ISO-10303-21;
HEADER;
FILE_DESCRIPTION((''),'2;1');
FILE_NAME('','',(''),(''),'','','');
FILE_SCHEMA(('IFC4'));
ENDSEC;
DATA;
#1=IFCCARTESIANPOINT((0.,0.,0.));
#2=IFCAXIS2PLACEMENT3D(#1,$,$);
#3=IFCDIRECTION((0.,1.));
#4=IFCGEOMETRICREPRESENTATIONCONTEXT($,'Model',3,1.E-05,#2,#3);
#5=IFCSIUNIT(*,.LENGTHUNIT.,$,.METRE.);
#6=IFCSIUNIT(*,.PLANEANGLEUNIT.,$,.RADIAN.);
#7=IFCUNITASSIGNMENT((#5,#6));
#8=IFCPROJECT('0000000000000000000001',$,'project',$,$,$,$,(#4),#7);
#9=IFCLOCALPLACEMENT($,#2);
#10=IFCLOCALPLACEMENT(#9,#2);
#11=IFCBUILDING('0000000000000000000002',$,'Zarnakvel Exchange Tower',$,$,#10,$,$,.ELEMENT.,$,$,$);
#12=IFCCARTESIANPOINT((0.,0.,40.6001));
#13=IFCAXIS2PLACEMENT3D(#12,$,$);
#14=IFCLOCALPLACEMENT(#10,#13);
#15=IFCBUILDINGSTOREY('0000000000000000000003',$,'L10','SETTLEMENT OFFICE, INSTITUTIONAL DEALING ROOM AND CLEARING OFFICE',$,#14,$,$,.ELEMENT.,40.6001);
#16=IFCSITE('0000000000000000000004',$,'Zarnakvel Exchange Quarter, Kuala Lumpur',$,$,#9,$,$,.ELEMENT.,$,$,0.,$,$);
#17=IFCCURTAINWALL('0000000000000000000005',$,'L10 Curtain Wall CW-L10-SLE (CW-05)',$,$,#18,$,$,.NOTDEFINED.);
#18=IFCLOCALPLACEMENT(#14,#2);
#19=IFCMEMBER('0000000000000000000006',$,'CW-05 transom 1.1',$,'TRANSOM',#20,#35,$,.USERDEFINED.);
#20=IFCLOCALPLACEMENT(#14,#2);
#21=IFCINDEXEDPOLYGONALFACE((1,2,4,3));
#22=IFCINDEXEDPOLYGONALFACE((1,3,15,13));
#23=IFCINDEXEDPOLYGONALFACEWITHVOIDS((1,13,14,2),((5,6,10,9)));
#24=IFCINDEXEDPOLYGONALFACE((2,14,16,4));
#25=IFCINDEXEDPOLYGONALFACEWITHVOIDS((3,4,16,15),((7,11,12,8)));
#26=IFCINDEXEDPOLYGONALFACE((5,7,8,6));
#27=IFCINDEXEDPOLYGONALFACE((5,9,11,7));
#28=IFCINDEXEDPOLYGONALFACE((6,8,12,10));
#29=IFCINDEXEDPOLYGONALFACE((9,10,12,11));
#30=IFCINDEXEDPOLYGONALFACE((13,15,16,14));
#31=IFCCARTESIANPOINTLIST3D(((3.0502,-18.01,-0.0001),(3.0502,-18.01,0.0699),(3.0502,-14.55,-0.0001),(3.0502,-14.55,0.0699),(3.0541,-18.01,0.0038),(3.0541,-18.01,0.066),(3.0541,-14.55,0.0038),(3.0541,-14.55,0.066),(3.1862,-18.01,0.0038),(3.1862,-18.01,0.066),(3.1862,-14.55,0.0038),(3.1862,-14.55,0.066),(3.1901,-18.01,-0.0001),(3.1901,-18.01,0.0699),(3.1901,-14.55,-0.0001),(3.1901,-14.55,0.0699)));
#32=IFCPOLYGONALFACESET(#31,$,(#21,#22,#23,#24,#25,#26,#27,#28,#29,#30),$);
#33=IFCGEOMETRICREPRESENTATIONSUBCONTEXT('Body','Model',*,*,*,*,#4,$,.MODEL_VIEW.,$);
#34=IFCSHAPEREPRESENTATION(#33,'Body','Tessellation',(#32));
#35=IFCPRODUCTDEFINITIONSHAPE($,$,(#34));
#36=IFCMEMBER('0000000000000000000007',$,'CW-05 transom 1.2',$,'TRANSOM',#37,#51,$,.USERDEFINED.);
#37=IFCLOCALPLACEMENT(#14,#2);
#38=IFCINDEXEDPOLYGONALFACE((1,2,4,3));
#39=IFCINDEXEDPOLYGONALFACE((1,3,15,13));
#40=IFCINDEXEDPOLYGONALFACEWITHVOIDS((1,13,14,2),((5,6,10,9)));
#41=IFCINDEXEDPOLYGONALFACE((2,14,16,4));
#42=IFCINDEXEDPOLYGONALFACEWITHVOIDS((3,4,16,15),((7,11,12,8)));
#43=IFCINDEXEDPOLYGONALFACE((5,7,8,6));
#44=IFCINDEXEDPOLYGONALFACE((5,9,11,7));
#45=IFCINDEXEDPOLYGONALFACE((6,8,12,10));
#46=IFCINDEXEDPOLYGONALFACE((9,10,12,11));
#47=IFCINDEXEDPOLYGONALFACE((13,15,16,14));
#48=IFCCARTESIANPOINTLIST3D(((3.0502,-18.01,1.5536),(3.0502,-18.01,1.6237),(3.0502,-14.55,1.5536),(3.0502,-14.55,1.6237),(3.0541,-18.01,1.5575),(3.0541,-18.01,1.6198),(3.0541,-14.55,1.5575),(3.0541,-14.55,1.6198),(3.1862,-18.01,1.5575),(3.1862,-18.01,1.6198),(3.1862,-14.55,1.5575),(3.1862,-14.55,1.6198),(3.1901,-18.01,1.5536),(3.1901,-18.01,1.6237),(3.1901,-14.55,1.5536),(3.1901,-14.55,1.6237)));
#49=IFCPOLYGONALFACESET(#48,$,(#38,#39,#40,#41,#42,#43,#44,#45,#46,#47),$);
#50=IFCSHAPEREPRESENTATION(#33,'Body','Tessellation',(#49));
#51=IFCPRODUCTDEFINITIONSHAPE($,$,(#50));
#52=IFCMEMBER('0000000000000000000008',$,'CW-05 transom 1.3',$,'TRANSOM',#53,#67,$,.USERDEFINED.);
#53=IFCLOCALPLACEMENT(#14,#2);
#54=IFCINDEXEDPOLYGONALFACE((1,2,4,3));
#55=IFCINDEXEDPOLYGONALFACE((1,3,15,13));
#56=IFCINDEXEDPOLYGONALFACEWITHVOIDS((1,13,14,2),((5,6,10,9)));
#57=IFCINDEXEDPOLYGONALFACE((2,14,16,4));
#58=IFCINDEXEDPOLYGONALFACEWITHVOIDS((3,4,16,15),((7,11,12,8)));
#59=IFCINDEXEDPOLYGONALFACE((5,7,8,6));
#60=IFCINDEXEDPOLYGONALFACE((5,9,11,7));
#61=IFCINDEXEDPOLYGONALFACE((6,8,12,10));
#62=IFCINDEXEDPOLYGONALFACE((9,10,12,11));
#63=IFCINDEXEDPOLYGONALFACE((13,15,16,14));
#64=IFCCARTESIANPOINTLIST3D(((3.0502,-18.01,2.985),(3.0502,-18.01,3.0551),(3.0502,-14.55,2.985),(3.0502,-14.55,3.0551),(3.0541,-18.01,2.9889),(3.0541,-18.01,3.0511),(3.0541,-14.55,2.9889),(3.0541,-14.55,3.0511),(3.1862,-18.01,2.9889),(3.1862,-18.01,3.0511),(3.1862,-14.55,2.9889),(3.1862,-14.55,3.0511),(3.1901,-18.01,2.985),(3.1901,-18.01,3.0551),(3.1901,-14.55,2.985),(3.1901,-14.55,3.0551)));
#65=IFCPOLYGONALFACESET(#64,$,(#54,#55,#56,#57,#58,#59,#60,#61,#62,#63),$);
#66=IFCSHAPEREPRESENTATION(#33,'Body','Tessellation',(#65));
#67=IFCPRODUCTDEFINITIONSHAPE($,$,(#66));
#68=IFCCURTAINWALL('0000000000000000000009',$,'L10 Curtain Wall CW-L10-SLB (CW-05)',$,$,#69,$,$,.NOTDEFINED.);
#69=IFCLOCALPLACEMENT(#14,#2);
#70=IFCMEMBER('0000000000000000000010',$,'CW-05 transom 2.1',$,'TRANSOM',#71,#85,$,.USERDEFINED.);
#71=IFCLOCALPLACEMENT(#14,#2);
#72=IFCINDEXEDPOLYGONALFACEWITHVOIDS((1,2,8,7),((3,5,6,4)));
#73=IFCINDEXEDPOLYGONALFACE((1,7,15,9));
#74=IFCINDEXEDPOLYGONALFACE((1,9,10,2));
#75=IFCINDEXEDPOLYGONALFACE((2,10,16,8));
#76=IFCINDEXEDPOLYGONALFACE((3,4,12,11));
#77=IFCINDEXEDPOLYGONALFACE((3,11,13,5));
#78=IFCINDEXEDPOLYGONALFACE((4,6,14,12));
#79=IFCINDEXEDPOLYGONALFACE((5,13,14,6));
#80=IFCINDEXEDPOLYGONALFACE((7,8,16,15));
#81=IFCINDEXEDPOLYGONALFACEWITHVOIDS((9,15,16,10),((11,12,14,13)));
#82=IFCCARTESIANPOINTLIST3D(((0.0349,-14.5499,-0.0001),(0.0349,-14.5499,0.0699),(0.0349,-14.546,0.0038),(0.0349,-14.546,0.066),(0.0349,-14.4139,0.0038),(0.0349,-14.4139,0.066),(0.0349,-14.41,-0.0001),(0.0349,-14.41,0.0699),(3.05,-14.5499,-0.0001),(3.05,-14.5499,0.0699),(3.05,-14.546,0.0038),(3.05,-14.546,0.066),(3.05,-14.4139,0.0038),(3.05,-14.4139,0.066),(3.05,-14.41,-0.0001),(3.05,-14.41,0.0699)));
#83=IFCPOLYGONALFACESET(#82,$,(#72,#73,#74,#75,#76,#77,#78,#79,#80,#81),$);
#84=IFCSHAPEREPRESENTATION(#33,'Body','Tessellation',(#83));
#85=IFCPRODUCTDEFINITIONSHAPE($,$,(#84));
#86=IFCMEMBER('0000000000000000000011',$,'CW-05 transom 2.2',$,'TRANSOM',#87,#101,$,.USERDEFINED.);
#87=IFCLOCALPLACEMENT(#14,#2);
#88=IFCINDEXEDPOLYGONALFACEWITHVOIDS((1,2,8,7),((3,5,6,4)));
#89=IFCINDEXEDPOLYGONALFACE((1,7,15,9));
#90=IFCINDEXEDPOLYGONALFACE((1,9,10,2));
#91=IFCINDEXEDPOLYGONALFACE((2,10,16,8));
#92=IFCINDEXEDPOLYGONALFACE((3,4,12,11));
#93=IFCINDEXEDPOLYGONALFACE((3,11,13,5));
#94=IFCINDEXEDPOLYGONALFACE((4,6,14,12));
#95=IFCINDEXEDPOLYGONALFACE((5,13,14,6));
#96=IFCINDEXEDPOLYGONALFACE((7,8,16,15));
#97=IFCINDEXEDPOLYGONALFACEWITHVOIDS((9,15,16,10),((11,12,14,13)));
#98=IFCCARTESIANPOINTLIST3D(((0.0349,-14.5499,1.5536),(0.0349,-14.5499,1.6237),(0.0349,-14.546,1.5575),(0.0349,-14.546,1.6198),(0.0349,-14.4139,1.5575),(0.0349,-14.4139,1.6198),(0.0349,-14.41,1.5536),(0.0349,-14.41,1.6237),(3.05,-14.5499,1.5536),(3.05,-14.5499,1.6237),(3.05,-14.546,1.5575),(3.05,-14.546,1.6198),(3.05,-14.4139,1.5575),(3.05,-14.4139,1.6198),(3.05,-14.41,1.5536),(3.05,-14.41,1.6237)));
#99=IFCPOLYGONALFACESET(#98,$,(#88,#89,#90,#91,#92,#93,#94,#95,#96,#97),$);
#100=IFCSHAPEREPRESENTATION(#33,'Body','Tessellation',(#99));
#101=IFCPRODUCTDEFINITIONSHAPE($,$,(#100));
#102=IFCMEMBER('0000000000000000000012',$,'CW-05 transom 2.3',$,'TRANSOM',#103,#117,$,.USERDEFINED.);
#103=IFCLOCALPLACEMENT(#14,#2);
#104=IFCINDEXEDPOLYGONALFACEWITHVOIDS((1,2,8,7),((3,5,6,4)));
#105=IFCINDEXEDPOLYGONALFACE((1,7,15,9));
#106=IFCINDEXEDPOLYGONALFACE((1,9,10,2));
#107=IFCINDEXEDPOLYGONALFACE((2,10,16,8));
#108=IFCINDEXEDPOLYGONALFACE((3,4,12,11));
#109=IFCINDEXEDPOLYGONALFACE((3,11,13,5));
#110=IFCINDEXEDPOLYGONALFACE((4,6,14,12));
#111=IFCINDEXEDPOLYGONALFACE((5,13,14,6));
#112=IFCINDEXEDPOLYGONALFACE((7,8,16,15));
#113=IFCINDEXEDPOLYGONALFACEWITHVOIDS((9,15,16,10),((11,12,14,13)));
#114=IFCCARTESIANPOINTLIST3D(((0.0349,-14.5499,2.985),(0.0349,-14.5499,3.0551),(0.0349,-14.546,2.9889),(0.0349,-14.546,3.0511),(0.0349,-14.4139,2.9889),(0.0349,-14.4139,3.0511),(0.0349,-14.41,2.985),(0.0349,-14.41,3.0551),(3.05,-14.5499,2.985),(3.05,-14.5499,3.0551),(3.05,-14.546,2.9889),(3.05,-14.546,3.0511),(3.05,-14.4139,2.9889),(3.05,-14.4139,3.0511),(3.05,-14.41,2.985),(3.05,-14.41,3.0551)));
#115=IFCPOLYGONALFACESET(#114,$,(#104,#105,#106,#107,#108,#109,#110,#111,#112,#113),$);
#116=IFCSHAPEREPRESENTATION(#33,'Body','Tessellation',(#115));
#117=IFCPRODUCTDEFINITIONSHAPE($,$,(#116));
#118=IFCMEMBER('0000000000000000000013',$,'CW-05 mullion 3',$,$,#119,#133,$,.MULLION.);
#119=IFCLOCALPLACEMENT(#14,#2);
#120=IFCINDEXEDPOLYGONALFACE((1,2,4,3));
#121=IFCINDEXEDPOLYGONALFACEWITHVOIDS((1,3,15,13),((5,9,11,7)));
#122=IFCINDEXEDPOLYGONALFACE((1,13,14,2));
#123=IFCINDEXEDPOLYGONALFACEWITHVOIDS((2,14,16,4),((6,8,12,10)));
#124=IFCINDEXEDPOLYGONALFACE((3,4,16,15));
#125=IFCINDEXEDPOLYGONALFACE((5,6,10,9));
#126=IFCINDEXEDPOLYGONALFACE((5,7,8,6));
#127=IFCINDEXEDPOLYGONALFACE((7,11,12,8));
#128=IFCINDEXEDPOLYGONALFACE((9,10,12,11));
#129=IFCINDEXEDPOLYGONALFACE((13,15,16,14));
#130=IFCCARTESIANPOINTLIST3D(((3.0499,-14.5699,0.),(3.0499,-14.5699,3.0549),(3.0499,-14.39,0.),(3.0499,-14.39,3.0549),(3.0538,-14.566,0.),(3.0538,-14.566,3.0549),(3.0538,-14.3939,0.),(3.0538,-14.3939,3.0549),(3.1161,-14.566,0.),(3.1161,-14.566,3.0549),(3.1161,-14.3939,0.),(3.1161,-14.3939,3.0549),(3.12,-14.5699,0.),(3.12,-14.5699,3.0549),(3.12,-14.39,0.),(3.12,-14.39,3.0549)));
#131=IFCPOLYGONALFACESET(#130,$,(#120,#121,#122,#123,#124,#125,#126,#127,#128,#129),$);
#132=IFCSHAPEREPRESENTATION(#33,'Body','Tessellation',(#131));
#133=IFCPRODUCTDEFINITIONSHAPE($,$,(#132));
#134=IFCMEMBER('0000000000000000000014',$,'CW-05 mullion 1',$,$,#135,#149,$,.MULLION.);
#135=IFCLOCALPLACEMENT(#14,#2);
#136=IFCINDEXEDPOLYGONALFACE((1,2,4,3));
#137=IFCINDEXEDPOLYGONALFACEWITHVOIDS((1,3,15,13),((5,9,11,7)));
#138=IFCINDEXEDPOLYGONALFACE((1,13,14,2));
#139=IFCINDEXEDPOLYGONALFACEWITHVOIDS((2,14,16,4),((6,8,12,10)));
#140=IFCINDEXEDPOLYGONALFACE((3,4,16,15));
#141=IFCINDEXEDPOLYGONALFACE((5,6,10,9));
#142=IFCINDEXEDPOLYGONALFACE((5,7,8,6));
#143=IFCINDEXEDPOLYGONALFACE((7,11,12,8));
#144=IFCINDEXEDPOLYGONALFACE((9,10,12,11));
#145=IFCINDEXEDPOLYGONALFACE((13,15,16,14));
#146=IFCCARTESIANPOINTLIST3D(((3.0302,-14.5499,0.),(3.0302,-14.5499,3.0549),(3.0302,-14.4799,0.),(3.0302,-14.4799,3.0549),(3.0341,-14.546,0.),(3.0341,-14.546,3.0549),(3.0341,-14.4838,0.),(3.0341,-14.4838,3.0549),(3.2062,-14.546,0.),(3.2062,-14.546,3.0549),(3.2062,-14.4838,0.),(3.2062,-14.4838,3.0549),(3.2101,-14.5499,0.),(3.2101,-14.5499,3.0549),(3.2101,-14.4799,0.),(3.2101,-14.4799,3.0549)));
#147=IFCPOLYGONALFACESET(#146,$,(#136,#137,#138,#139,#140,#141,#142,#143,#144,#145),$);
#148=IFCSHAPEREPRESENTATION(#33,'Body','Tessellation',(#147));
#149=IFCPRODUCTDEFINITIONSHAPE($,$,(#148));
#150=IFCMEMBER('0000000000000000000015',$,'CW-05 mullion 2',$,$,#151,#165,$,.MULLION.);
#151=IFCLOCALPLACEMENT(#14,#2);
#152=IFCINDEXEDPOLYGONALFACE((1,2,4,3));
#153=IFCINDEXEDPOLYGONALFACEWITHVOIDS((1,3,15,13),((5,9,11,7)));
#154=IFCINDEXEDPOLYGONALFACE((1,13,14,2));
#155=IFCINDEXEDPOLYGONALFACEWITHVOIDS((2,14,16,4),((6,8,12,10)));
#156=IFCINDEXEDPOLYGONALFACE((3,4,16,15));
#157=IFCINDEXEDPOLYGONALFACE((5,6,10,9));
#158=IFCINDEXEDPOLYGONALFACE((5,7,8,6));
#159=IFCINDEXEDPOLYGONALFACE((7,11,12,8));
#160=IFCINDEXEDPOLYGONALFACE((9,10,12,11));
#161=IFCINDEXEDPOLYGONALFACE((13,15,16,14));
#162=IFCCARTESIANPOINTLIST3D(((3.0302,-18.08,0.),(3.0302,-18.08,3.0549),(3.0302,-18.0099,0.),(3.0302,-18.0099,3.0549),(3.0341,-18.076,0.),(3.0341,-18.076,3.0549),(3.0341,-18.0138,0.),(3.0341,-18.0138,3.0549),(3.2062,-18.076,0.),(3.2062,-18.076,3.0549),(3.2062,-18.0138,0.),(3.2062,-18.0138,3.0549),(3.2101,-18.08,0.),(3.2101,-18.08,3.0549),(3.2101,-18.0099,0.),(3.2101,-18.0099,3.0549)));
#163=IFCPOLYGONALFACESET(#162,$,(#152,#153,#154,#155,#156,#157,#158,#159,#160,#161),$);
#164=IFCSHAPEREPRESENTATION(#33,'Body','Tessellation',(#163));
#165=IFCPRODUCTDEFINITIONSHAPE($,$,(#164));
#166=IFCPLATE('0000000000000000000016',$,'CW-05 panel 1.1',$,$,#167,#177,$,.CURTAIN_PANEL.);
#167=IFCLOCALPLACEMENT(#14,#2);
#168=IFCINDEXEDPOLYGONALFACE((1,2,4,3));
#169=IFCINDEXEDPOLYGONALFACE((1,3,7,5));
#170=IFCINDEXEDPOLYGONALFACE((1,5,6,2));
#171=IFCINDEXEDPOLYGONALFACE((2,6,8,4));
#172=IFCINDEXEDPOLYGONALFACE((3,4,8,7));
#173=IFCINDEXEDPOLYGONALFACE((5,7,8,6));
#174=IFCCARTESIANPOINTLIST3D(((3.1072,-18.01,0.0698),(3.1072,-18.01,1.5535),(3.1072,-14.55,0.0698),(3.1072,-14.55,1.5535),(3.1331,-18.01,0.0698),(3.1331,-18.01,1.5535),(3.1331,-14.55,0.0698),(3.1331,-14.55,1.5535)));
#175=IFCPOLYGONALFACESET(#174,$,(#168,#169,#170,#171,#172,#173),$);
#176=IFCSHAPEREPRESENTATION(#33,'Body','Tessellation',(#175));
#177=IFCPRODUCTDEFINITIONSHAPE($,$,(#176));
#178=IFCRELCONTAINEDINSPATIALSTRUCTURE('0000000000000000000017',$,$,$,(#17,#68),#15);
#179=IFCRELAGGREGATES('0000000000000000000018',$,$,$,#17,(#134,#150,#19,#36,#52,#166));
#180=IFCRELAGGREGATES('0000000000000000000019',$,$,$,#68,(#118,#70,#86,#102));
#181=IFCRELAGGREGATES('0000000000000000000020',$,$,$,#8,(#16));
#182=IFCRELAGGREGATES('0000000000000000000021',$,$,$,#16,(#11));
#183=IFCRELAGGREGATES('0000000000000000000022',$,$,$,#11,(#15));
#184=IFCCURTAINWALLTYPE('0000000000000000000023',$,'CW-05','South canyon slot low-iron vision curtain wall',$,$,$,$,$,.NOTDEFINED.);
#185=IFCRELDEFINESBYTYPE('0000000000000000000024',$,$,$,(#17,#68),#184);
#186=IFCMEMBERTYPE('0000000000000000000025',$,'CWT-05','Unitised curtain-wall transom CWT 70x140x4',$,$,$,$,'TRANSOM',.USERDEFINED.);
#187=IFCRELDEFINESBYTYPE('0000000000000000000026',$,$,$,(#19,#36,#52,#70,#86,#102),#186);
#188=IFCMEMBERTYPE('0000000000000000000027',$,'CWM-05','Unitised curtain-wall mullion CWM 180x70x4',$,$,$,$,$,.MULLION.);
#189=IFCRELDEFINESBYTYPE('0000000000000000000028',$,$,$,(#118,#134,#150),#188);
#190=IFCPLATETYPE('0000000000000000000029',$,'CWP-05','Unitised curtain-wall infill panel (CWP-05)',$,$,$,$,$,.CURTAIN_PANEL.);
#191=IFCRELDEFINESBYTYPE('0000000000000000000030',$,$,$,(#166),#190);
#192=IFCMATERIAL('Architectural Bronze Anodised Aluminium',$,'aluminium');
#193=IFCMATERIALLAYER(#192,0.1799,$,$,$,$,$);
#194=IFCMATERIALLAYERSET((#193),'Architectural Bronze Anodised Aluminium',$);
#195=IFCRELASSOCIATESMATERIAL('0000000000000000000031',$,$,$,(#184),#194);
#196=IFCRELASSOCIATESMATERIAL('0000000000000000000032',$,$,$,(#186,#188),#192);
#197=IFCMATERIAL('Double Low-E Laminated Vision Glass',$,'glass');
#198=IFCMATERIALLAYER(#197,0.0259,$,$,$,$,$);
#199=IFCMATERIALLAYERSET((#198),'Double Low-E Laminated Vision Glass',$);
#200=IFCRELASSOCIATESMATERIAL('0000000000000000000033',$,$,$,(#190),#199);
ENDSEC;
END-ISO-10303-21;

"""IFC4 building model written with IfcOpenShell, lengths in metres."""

from ifc_helpers import new_model, si_unit, direction, frame, origin, origin_2d, place, context, subcontext, project, spatial, rectangle, hollow_rectangle, extrude, source, transform, mapped, material, layer, layer_set, material_profile, profile_set, type_object, element, aggregate, save


model = new_model("IFC4")

# Units and contexts
model_context = context("Model", 3, precision=1e-05, world=origin(), true_north=direction((0.0, 1.0)))
body_context = subcontext(model_context, "Body", "Model", "MODEL_VIEW")
ifc_project = project(units=[si_unit("LENGTHUNIT", "METRE"), si_unit("PLANEANGLEUNIT", "RADIAN")], contexts=[model_context])

# Site, building, storey
site_placement = place(None, origin())
site = spatial("IfcSite", under=ifc_project, at=site_placement, Name="Zarnakvel Exchange Quarter, Kuala Lumpur", CompositionType="ELEMENT", RefElevation=0.0)
building_placement = place(site_placement, origin())
building = spatial("IfcBuilding", under=site, at=building_placement, Name="Zarnakvel Exchange Tower", CompositionType="ELEMENT")
storey_placement = place(building_placement, frame((0.0, 0.0, 40.6001)))
storey = spatial("IfcBuildingStorey", under=building, at=storey_placement, Name="L10", Description="SETTLEMENT OFFICE, INSTITUTIONAL DEALING ROOM AND CLEARING OFFICE", CompositionType="ELEMENT", Elevation=40.6001)

# Curtain walls, members
ifc_material_1 = material(Name="Architectural Bronze Anodised Aluminium", Category="aluminium")
ifc_layer_1 = layer(ifc_material_1, 0.1799)
ifc_layer_set_1 = layer_set([ifc_layer_1], Name="Architectural Bronze Anodised Aluminium")
curtain_wall_type = type_object("IfcCurtainWallType", Name="CW-05", Description="South canyon slot low-iron vision curtain wall", PredefinedType="NOTDEFINED", material=ifc_layer_set_1)
curtain_wall_1_placement = place(storey_placement, origin())
curtain_wall_1 = element("IfcCurtainWall", 1, at=curtain_wall_1_placement, inside=storey, type_object=curtain_wall_type, Name="L10 Curtain Wall CW-L10-SLE (CW-05)", PredefinedType="NOTDEFINED")
ifc_material_profile_1 = material_profile(ifc_material_1, hollow_rectangle(XDim=0.1399, YDim=0.0701, WallThickness=0.0039, at=origin_2d()))
ifc_profile_set_1 = profile_set([ifc_material_profile_1], Name="Architectural Bronze Anodised Aluminium")
member_type_1 = type_object("IfcMemberType", Name="CWT-05", Description="Unitised curtain-wall transom CWT 70x140x4", ElementType="TRANSOM", PredefinedType="USERDEFINED", material=ifc_profile_set_1)
shared_shape_1 = source(origin(), body_context, "Body", "SweptSolid", [
    extrude(hollow_rectangle(XDim=0.1399, YDim=0.0701, WallThickness=0.0039, at=origin_2d()), origin(), (0.0, 0.0, 1.0), 3.46),
])
member_1_placement = place(storey_placement, frame((3.1201, -14.55, 0.0349), z_axis=(0.0, -1.0, 0.0), x_axis=(1.0, 0.0, 0.0)))
member_1 = element("IfcMember", 2, at=member_1_placement, type_object=member_type_1, Name="CW-05 transom 1.1", ObjectType="TRANSOM", PredefinedType="USERDEFINED", context=body_context, shape_type="MappedRepresentation", body=[
    mapped(shared_shape_1, transform((0.0, 0.0, 0.0), x_axis=(1.0, 0.0, 0.0), y_axis=(0.0, 1.0, 0.0), z_axis=(0.0, 0.0, 1.0), scale=1.0)),
])
member_2_placement = place(storey_placement, frame((3.1201, -14.55, 1.5886), z_axis=(0.0, -1.0, 0.0), x_axis=(1.0, 0.0, 0.0)))
member_2 = element("IfcMember", 3, at=member_2_placement, type_object=member_type_1, Name="CW-05 transom 1.2", ObjectType="TRANSOM", PredefinedType="USERDEFINED", context=body_context, shape_type="MappedRepresentation", body=[
    mapped(shared_shape_1, transform((0.0, 0.0, 0.0), x_axis=(1.0, 0.0, 0.0), y_axis=(0.0, 1.0, 0.0), z_axis=(0.0, 0.0, 1.0), scale=1.0)),
])
member_3_placement = place(storey_placement, frame((3.1201, -14.55, 3.02), z_axis=(0.0, -1.0, 0.0), x_axis=(1.0, 0.0, 0.0)))
member_3 = element("IfcMember", 4, at=member_3_placement, type_object=member_type_1, Name="CW-05 transom 1.3", ObjectType="TRANSOM", PredefinedType="USERDEFINED", context=body_context, shape_type="MappedRepresentation", body=[
    mapped(shared_shape_1, transform((0.0, 0.0, 0.0), x_axis=(1.0, 0.0, 0.0), y_axis=(0.0, 1.0, 0.0), z_axis=(0.0, 0.0, 1.0), scale=1.0)),
])
curtain_wall_2_placement = place(storey_placement, origin())
curtain_wall_2 = element("IfcCurtainWall", 5, at=curtain_wall_2_placement, inside=storey, type_object=curtain_wall_type, Name="L10 Curtain Wall CW-L10-SLB (CW-05)", PredefinedType="NOTDEFINED")
shared_shape_2 = source(origin(), body_context, "Body", "SweptSolid", [
    extrude(hollow_rectangle(XDim=0.1399, YDim=0.0701, WallThickness=0.0039, at=origin_2d()), origin(), (0.0, 0.0, 1.0), 3.0151),
])
member_4_placement = place(storey_placement, frame((0.0349, -14.48, 0.0349), z_axis=(1.0, 0.0, 0.0), x_axis=(0.0, 1.0, 0.0)))
member_4 = element("IfcMember", 6, at=member_4_placement, type_object=member_type_1, Name="CW-05 transom 2.1", ObjectType="TRANSOM", PredefinedType="USERDEFINED", context=body_context, shape_type="MappedRepresentation", body=[
    mapped(shared_shape_2, transform((0.0, 0.0, 0.0), x_axis=(1.0, 0.0, 0.0), y_axis=(0.0, 1.0, 0.0), z_axis=(0.0, 0.0, 1.0), scale=1.0)),
])
member_5_placement = place(storey_placement, frame((0.0349, -14.48, 1.5886), z_axis=(1.0, 0.0, 0.0), x_axis=(0.0, 1.0, 0.0)))
member_5 = element("IfcMember", 7, at=member_5_placement, type_object=member_type_1, Name="CW-05 transom 2.2", ObjectType="TRANSOM", PredefinedType="USERDEFINED", context=body_context, shape_type="MappedRepresentation", body=[
    mapped(shared_shape_2, transform((0.0, 0.0, 0.0), x_axis=(1.0, 0.0, 0.0), y_axis=(0.0, 1.0, 0.0), z_axis=(0.0, 0.0, 1.0), scale=1.0)),
])
member_6_placement = place(storey_placement, frame((0.0349, -14.48, 3.02), z_axis=(1.0, 0.0, 0.0), x_axis=(0.0, 1.0, 0.0)))
member_6 = element("IfcMember", 8, at=member_6_placement, type_object=member_type_1, Name="CW-05 transom 2.3", ObjectType="TRANSOM", PredefinedType="USERDEFINED", context=body_context, shape_type="MappedRepresentation", body=[
    mapped(shared_shape_2, transform((0.0, 0.0, 0.0), x_axis=(1.0, 0.0, 0.0), y_axis=(0.0, 1.0, 0.0), z_axis=(0.0, 0.0, 1.0), scale=1.0)),
])
ifc_material_profile_2 = material_profile(ifc_material_1, hollow_rectangle(XDim=0.1799, YDim=0.0701, WallThickness=0.0039, at=origin_2d()))
ifc_profile_set_2 = profile_set([ifc_material_profile_2], Name="Architectural Bronze Anodised Aluminium")
member_type_2 = type_object("IfcMemberType", Name="CWM-05", Description="Unitised curtain-wall mullion CWM 180x70x4", PredefinedType="MULLION", material=ifc_profile_set_2)
shared_shape_3 = source(origin(), body_context, "Body", "SweptSolid", [
    extrude(hollow_rectangle(XDim=0.1799, YDim=0.0701, WallThickness=0.0039, at=origin_2d()), origin(), (0.0, 0.0, 1.0), 3.0549),
])
member_7_placement = place(storey_placement, frame((3.085, -14.48, 0.0), z_axis=(0.0, 0.0, 1.0), x_axis=(0.0, 1.0, 0.0)))
member_7 = element("IfcMember", 9, at=member_7_placement, type_object=member_type_2, Name="CW-05 mullion 3", PredefinedType="MULLION", context=body_context, shape_type="MappedRepresentation", body=[
    mapped(shared_shape_3, transform((0.0, 0.0, 0.0), x_axis=(1.0, 0.0, 0.0), y_axis=(0.0, 1.0, 0.0), z_axis=(0.0, 0.0, 1.0), scale=1.0)),
])

# Members
member_8_placement = place(storey_placement, frame((3.1201, -14.5149, 0.0), z_axis=(0.0, 0.0, 1.0), x_axis=(1.0, 0.0, 0.0)))
member_8 = element("IfcMember", 10, at=member_8_placement, type_object=member_type_2, Name="CW-05 mullion 1", PredefinedType="MULLION", context=body_context, shape_type="MappedRepresentation", body=[
    mapped(shared_shape_3, transform((0.0, 0.0, 0.0), x_axis=(1.0, 0.0, 0.0), y_axis=(0.0, 1.0, 0.0), z_axis=(0.0, 0.0, 1.0), scale=1.0)),
])
member_9_placement = place(storey_placement, frame((3.1201, -18.0449, 0.0), z_axis=(0.0, 0.0, 1.0), x_axis=(1.0, 0.0, 0.0)))
member_9 = element("IfcMember", 11, at=member_9_placement, type_object=member_type_2, Name="CW-05 mullion 2", PredefinedType="MULLION", context=body_context, shape_type="MappedRepresentation", body=[
    mapped(shared_shape_3, transform((0.0, 0.0, 0.0), x_axis=(1.0, 0.0, 0.0), y_axis=(0.0, 1.0, 0.0), z_axis=(0.0, 0.0, 1.0), scale=1.0)),
])

# Plate
ifc_material_2 = material(Name="Double Low-E Laminated Vision Glass", Category="glass")
ifc_layer_2 = layer(ifc_material_2, 0.0259)
ifc_layer_set_2 = layer_set([ifc_layer_2], Name="Double Low-E Laminated Vision Glass")
plate_type = type_object("IfcPlateType", Name="CWP-05", Description="Unitised curtain-wall infill panel (CWP-05)", PredefinedType="CURTAIN_PANEL", material=ifc_layer_set_2)
shared_shape_4 = source(origin(), body_context, "Body", "SweptSolid", [
    extrude(rectangle(XDim=3.46, YDim=0.0259, at=origin_2d()), origin(), (0.0, 0.0, 1.0), 1.4836),
])
plate_1_placement = place(storey_placement, frame((3.1201, -16.28, 0.0698), z_axis=(0.0, 0.0, 1.0), x_axis=(0.0, -1.0, 0.0)))
plate_1 = element("IfcPlate", 12, at=plate_1_placement, type_object=plate_type, Name="CW-05 panel 1.1", PredefinedType="CURTAIN_PANEL", context=body_context, shape_type="MappedRepresentation", body=[
    mapped(shared_shape_4, transform((0.0, 0.0, 0.0), x_axis=(1.0, 0.0, 0.0), y_axis=(0.0, 1.0, 0.0), z_axis=(0.0, 0.0, 1.0), scale=1.0)),
])
aggregate(curtain_wall_1, [member_8, member_9, member_1, member_2, member_3, plate_1])
aggregate(curtain_wall_2, [member_7, member_4, member_5, member_6])

save(model, "model.ifc")
